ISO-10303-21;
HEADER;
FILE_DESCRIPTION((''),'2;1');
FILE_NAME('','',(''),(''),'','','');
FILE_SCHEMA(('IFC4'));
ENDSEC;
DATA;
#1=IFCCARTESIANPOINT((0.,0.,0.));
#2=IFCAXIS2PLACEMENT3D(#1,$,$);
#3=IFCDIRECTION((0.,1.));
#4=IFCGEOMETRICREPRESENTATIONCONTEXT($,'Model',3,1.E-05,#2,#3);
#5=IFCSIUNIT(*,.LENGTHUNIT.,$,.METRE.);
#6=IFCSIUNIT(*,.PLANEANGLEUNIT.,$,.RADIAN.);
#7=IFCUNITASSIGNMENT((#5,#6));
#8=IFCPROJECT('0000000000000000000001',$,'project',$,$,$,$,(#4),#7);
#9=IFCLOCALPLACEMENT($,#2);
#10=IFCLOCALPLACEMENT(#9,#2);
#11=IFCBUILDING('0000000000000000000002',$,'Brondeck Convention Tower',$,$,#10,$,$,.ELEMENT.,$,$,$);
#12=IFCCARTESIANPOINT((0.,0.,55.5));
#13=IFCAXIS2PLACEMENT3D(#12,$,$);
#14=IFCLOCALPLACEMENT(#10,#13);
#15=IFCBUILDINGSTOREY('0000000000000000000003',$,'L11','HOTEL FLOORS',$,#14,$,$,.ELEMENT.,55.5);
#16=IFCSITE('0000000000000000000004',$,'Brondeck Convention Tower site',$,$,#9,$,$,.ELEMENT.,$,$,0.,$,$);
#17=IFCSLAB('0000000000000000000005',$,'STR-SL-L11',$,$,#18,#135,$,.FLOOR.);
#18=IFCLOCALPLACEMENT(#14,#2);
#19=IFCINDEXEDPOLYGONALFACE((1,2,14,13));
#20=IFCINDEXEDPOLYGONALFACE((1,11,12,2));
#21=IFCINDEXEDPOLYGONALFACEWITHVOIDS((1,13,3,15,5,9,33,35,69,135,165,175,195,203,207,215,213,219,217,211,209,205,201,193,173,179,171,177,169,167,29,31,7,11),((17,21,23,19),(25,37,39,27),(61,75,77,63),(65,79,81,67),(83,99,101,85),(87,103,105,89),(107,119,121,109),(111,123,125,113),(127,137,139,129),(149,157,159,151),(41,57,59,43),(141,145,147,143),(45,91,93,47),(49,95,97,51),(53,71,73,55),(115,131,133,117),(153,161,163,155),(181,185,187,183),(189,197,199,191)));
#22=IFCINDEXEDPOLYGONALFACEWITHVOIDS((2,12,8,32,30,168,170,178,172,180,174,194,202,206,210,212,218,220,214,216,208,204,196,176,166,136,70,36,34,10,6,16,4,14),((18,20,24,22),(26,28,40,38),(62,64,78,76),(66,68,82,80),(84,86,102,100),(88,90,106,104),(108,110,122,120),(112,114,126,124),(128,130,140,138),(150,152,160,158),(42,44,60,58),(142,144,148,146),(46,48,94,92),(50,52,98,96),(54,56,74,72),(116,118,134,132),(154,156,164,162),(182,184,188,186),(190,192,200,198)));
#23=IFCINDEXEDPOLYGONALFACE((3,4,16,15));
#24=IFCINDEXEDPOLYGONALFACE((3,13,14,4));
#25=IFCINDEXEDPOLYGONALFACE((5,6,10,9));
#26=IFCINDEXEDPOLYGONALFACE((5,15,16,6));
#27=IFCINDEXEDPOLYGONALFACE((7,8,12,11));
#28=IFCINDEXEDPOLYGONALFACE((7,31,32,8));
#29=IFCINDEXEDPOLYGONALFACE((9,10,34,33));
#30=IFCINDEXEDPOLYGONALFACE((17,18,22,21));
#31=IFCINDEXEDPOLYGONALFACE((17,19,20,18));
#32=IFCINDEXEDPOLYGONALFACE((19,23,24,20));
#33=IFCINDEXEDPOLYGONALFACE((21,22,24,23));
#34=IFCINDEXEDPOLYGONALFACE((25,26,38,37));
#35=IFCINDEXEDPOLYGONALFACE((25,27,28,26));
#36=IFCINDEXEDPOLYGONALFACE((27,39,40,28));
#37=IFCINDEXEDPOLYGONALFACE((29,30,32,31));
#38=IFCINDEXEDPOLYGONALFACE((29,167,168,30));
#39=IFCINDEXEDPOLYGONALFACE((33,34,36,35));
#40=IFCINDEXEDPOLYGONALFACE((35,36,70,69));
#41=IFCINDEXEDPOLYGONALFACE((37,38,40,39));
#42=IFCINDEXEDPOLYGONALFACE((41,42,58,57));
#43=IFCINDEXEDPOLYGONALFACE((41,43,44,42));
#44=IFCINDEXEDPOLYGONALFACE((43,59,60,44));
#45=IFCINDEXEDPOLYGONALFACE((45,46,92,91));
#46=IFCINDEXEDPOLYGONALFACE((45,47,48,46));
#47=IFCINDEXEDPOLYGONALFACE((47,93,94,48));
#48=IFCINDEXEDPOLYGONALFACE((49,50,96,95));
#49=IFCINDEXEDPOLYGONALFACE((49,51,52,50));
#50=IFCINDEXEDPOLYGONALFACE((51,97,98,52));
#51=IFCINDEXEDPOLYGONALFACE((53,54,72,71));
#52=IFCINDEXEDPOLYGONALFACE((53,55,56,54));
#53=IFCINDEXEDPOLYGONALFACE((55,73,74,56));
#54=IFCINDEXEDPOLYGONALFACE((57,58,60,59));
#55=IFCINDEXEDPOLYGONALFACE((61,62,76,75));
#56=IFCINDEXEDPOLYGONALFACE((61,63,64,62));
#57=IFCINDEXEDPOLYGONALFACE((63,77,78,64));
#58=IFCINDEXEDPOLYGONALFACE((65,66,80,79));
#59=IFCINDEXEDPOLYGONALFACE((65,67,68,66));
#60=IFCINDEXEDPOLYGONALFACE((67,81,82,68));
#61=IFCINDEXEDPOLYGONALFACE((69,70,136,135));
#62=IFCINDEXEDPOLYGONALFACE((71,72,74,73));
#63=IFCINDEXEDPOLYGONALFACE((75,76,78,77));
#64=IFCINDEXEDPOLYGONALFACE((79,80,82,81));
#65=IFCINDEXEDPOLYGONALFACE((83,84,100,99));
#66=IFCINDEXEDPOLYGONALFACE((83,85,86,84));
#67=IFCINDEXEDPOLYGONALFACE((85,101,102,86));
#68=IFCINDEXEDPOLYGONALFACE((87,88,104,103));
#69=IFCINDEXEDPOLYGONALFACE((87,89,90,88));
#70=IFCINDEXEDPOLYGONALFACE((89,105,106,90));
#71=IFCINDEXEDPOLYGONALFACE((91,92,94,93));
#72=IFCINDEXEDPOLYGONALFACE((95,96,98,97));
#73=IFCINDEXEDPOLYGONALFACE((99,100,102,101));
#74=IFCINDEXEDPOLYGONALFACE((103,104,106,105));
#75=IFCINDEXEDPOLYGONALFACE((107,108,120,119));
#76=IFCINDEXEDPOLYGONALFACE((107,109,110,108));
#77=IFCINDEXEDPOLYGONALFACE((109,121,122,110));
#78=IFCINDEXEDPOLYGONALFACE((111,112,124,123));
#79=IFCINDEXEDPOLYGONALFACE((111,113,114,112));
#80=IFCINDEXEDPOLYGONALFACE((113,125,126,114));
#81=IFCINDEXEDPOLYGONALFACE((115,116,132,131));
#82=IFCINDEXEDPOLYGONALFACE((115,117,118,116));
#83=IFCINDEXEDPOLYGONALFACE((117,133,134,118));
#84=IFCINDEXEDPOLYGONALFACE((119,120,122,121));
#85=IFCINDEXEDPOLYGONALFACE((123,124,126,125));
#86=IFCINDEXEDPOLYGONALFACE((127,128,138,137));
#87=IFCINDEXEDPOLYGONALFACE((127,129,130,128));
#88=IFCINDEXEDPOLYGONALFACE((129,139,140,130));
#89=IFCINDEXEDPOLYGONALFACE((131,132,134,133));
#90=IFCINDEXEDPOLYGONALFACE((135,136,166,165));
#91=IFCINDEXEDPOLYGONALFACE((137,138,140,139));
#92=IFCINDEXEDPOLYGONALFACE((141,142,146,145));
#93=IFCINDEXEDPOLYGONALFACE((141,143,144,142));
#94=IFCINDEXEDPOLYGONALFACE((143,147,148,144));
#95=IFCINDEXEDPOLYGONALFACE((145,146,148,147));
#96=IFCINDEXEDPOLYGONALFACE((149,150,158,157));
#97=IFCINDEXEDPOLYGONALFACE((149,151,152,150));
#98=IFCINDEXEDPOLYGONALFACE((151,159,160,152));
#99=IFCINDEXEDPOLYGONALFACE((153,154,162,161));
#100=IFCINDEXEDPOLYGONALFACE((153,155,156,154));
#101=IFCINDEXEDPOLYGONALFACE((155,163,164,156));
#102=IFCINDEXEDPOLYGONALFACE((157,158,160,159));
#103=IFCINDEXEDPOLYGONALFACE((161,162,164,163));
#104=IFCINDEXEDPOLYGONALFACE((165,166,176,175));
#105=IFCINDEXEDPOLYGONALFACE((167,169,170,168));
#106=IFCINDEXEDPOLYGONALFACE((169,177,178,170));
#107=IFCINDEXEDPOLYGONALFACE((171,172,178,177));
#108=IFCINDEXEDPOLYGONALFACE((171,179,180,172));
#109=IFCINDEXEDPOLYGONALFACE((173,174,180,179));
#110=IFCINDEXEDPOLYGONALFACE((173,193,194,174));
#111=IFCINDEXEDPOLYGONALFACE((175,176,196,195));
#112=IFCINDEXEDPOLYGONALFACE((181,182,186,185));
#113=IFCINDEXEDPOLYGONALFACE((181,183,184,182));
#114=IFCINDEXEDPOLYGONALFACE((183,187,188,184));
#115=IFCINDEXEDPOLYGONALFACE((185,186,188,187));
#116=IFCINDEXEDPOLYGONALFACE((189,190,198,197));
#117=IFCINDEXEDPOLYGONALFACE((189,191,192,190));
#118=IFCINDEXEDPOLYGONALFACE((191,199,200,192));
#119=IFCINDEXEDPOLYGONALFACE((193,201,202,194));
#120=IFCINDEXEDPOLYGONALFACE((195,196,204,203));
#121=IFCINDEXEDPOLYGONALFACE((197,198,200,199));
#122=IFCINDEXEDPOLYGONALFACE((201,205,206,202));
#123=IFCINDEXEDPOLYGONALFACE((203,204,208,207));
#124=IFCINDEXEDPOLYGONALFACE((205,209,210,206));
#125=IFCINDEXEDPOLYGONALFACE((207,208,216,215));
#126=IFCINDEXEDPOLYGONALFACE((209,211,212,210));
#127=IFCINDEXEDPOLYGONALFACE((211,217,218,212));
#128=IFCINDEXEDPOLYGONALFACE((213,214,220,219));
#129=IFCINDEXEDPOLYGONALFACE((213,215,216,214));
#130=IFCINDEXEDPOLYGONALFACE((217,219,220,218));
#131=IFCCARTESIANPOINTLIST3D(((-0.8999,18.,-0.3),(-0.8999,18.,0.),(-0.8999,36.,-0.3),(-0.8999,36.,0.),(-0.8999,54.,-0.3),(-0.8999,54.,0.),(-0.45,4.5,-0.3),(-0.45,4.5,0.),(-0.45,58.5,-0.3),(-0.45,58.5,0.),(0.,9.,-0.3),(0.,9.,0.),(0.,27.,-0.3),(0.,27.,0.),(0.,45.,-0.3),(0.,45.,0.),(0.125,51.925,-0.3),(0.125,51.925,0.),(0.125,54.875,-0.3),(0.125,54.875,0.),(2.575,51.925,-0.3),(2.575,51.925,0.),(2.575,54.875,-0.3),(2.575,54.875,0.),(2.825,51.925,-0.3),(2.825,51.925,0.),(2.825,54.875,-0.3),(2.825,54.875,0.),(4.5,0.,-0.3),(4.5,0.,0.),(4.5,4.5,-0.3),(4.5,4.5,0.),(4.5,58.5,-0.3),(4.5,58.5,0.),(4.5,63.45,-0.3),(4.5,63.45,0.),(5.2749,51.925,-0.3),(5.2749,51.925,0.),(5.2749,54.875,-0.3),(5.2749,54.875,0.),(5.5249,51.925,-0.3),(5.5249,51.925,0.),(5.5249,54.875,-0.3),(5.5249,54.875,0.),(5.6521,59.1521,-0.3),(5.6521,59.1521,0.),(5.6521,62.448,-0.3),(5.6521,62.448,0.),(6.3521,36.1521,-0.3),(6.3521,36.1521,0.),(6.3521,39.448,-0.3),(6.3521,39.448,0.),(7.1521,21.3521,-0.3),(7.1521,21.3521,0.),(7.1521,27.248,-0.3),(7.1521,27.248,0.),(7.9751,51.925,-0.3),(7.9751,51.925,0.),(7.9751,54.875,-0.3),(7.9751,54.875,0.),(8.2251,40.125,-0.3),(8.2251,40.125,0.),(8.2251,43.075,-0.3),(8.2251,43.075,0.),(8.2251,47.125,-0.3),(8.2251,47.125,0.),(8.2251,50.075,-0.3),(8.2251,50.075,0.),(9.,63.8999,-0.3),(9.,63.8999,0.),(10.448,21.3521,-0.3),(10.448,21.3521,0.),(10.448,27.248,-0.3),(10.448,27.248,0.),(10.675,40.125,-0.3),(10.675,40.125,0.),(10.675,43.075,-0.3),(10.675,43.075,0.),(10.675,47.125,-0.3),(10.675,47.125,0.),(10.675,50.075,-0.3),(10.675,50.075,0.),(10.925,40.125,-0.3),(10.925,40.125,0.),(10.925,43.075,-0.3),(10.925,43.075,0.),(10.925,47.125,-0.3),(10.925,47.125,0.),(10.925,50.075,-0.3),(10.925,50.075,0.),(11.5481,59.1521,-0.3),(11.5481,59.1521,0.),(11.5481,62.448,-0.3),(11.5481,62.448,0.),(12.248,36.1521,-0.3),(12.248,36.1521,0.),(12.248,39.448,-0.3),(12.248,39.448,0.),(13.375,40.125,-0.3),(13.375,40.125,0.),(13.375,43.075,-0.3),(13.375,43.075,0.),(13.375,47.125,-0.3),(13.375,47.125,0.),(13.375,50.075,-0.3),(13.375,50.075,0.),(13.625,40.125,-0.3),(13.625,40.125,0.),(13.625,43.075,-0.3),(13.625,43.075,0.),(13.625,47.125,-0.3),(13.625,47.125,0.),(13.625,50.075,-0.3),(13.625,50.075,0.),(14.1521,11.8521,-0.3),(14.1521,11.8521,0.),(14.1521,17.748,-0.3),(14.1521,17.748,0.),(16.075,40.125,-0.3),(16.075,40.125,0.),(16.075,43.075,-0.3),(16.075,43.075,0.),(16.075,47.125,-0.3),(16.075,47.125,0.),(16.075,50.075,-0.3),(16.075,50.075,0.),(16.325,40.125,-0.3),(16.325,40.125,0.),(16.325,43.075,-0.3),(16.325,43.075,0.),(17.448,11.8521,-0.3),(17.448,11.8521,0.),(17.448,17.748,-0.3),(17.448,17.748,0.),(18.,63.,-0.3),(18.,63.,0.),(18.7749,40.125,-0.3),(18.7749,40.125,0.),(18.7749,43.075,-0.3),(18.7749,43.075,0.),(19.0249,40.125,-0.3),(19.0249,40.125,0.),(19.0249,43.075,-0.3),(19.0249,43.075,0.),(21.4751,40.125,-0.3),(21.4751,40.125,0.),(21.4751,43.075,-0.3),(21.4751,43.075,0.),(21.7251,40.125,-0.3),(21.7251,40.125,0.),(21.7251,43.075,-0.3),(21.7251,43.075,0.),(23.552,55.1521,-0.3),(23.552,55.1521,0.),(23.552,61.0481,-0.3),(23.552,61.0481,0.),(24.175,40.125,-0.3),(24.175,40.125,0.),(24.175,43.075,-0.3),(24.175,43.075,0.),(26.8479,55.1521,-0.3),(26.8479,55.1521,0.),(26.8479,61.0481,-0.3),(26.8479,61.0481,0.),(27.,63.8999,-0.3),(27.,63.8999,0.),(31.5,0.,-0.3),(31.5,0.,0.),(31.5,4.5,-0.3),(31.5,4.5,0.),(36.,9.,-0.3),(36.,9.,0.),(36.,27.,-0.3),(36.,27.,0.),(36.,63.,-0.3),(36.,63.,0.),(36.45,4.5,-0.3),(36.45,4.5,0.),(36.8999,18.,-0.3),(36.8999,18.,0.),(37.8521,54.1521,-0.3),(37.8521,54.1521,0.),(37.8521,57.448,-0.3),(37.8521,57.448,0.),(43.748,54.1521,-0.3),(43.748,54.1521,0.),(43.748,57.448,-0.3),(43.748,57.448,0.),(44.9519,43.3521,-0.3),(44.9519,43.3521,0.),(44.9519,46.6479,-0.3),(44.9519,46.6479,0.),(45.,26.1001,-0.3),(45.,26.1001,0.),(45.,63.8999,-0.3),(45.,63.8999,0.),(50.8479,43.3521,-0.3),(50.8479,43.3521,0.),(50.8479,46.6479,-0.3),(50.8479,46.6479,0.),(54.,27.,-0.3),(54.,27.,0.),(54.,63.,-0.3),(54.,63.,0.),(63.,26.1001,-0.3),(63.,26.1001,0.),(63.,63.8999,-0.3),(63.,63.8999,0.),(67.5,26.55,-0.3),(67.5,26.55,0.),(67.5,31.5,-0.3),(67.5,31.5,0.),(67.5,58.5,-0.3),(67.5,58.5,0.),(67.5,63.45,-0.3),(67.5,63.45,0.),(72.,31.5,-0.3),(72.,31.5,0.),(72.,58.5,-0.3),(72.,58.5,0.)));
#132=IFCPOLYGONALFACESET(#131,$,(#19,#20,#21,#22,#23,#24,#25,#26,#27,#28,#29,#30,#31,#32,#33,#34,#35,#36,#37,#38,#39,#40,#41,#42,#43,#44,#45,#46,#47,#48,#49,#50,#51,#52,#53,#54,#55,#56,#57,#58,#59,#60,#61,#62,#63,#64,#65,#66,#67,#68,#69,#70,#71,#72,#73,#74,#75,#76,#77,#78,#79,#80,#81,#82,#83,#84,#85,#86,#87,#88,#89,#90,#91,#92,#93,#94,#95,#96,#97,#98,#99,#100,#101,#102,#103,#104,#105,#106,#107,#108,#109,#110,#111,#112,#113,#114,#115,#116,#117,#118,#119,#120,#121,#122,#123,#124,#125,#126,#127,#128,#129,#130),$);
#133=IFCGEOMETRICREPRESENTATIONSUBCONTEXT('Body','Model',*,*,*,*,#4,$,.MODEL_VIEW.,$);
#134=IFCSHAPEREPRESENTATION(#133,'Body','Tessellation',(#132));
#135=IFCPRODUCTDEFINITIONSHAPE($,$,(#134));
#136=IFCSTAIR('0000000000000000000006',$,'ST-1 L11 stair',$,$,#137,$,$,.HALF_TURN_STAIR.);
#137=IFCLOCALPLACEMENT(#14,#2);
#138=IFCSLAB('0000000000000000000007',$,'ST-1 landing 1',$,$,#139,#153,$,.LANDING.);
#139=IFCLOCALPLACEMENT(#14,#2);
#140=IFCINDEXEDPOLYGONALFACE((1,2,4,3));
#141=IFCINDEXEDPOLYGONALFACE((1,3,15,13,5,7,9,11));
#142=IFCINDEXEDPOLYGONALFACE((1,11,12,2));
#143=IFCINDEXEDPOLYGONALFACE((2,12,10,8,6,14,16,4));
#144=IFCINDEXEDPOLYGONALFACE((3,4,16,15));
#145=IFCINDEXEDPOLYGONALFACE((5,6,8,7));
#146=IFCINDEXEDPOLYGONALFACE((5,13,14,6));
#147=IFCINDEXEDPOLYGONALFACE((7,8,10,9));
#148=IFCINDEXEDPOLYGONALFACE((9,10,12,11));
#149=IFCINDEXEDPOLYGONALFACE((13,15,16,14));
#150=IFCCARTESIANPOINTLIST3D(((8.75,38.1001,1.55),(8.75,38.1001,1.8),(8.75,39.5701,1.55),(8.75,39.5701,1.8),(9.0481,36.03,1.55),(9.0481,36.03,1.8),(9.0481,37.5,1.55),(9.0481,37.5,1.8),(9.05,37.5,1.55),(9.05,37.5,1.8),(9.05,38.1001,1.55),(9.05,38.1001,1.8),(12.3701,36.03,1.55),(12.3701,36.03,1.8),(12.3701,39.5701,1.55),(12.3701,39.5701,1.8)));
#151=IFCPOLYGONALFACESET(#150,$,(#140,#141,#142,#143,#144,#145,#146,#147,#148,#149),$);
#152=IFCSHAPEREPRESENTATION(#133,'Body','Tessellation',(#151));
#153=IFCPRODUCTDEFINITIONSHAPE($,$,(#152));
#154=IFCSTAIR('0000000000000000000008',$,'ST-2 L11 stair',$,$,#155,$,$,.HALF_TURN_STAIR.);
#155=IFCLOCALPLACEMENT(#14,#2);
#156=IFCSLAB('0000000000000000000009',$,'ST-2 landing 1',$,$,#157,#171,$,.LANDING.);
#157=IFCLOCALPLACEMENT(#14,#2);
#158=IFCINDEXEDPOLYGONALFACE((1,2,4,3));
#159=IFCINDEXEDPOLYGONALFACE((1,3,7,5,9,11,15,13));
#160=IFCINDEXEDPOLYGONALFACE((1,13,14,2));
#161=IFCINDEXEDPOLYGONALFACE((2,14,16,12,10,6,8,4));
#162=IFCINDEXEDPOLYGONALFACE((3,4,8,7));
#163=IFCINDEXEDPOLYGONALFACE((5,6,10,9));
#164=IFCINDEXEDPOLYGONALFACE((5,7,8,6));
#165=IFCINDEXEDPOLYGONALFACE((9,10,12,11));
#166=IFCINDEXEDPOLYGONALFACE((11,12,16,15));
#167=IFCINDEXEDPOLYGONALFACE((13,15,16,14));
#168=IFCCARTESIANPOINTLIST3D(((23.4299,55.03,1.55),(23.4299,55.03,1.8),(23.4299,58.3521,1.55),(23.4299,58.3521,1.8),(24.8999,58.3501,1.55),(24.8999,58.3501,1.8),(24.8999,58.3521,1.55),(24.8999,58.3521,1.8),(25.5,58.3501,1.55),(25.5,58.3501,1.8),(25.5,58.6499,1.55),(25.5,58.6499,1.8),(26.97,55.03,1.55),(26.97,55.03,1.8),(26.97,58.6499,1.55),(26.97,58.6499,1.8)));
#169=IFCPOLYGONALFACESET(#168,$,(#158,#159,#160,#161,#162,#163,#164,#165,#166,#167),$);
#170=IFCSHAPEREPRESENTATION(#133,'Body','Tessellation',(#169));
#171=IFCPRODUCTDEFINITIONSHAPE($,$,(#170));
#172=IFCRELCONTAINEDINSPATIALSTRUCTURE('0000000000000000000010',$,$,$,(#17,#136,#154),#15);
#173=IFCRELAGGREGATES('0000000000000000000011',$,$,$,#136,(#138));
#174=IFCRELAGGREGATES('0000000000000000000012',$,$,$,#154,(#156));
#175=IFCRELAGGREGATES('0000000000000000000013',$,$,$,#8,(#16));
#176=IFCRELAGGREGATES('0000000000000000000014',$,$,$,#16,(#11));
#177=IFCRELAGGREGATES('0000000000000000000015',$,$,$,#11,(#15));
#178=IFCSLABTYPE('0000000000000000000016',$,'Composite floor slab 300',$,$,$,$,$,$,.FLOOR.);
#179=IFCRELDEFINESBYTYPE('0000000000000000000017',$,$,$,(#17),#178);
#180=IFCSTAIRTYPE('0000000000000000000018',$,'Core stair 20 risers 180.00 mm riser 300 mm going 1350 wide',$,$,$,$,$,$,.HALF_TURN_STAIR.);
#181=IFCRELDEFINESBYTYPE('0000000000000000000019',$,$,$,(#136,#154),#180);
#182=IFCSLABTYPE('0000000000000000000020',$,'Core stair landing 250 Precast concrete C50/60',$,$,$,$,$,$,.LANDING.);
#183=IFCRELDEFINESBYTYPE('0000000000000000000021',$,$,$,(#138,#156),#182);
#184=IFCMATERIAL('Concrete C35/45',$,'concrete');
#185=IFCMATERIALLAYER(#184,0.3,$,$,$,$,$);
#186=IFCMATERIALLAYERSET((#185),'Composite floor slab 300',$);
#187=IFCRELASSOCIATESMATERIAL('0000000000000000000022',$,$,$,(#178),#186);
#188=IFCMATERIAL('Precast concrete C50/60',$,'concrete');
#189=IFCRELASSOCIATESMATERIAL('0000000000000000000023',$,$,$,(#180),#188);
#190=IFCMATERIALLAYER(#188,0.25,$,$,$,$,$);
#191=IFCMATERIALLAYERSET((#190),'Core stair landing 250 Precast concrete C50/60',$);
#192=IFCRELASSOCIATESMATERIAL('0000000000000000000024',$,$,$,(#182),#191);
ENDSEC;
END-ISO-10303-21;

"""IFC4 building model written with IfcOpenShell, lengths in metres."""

from ifc_helpers import new_model, si_unit, direction, frame, origin, place, context, subcontext, project, spatial, polyline, outline, extrude, material, layer, layer_set, type_object, element, aggregate, save


model = new_model("IFC4")

# Units and contexts
model_context = context("Model", 3, precision=1e-05, world=origin(), true_north=direction((0.0, 1.0)))
body_context = subcontext(model_context, "Body", "Model", "MODEL_VIEW")
ifc_project = project(units=[si_unit("LENGTHUNIT", "METRE"), si_unit("PLANEANGLEUNIT", "RADIAN")], contexts=[model_context])

# Site, building, storey
site_placement = place(None, origin())
site = spatial("IfcSite", under=ifc_project, at=site_placement, Name="Brondeck Convention Tower site", CompositionType="ELEMENT", RefElevation=0.0)
building_placement = place(site_placement, origin())
building = spatial("IfcBuilding", under=site, at=building_placement, Name="Brondeck Convention Tower", CompositionType="ELEMENT")
storey_placement = place(building_placement, frame((0.0, 0.0, 55.5)))
storey = spatial("IfcBuildingStorey", under=building, at=storey_placement, Name="L11", Description="HOTEL FLOORS", CompositionType="ELEMENT", Elevation=55.5)

# Slab
ifc_material_1 = material(Name="Concrete C35/45", Category="concrete")
ifc_layer_1 = layer(ifc_material_1, 0.3)
ifc_layer_set_1 = layer_set([ifc_layer_1], Name="Composite floor slab 300")
slab_type_1 = type_object("IfcSlabType", Name="Composite floor slab 300", PredefinedType="FLOOR", material=ifc_layer_set_1)
slab_1_placement = place(storey_placement, frame((0.0, 0.0, -0.3)))
element("IfcSlab", 1, at=slab_1_placement, inside=storey, type_object=slab_type_1, Name="STR-SL-L11", PredefinedType="FLOOR", context=body_context, shape_type="SweptSolid", body=[
    extrude(outline(polyline([(4.5, 4.5), (-0.45, 4.5), (0.0, 9.0), (-0.8999, 18.0), (0.0, 27.0), (-0.8999, 36.0), (0.0, 45.0), (-0.8999, 54.0), (-0.45, 58.5), (4.5, 58.5), (4.5, 63.45), (9.0, 63.8999), (18.0, 63.0), (27.0, 63.8999), (36.0, 63.0), (45.0, 63.8999), (54.0, 63.0), (63.0, 63.8999), (67.5, 63.45), (67.5, 58.5), (72.0, 58.5), (72.0, 31.5), (67.5, 31.5), (67.5, 26.55), (63.0, 26.1001), (54.0, 27.0), (45.0, 26.1001), (36.0, 27.0), (36.8999, 18.0), (36.0, 9.0), (36.45, 4.5), (31.5, 4.5), (31.5, 0.0), (4.5, 0.0), (4.5, 4.5)]), holes=[polyline([(10.448, 27.248), (7.1521, 27.248), (7.1521, 21.3521), (10.448, 21.3521), (10.448, 27.248)]), polyline([(12.248, 36.1521), (12.248, 39.448), (6.3521, 39.448), (6.3521, 36.1521), (12.248, 36.1521)]), polyline([(10.675, 40.125), (10.675, 43.075), (8.2251, 43.075), (8.2251, 40.125), (10.675, 40.125)]), polyline([(13.375, 40.125), (13.375, 43.075), (10.925, 43.075), (10.925, 40.125), (13.375, 40.125)]), polyline([(10.675, 47.125), (10.675, 50.075), (8.2251, 50.075), (8.2251, 47.125), (10.675, 47.125)]), polyline([(13.375, 47.125), (13.375, 50.075), (10.925, 50.075), (10.925, 47.125), (13.375, 47.125)]), polyline([(2.575, 51.925), (2.575, 54.875), (0.125, 54.875), (0.125, 51.925), (2.575, 51.925)]), polyline([(2.825, 51.925), (5.2749, 51.925), (5.2749, 54.875), (2.825, 54.875), (2.825, 51.925)]), polyline([(5.5249, 51.925), (7.9751, 51.925), (7.9751, 54.875), (5.5249, 54.875), (5.5249, 51.925)]), polyline([(5.6521, 62.448), (5.6521, 59.1521), (11.5481, 59.1521), (11.5481, 62.448), (5.6521, 62.448)]), polyline([(17.448, 17.748), (14.1521, 17.748), (14.1521, 11.8521), (17.448, 11.8521), (17.448, 17.748)]), polyline([(16.075, 40.125), (16.075, 43.075), (13.625, 43.075), (13.625, 40.125), (16.075, 40.125)]), polyline([(16.325, 40.125), (18.7749, 40.125), (18.7749, 43.075), (16.325, 43.075), (16.325, 40.125)]), polyline([(19.0249, 40.125), (21.4751, 40.125), (21.4751, 43.075), (19.0249, 43.075), (19.0249, 40.125)]), polyline([(24.175, 40.125), (24.175, 43.075), (21.7251, 43.075), (21.7251, 40.125), (24.175, 40.125)]), polyline([(50.8479, 43.3521), (50.8479, 46.6479), (44.9519, 46.6479), (44.9519, 43.3521), (50.8479, 43.3521)]), polyline([(16.075, 47.125), (16.075, 50.075), (13.625, 50.075), (13.625, 47.125), (16.075, 47.125)]), polyline([(37.8521, 54.1521), (43.748, 54.1521), (43.748, 57.448), (37.8521, 57.448), (37.8521, 54.1521)]), polyline([(23.552, 61.0481), (23.552, 55.1521), (26.8479, 55.1521), (26.8479, 61.0481), (23.552, 61.0481)])]), origin(), (0.0, 0.0, 1.0), 0.3),
])

# Stairs, slabs
ifc_material_2 = material(Name="Precast concrete C50/60", Category="concrete")
stair_type = type_object("IfcStairType", Name="Core stair 20 risers 180.00 mm riser 300 mm going 1350 wide", PredefinedType="HALF_TURN_STAIR", material=ifc_material_2)
stair_1_placement = place(storey_placement, origin())
stair_1 = element("IfcStair", 2, at=stair_1_placement, inside=storey, type_object=stair_type, Name="ST-1 L11 stair", PredefinedType="HALF_TURN_STAIR")
ifc_layer_2 = layer(ifc_material_2, 0.25)
ifc_layer_set_2 = layer_set([ifc_layer_2], Name="Core stair landing 250 Precast concrete C50/60")
slab_type_2 = type_object("IfcSlabType", Name="Core stair landing 250 Precast concrete C50/60", PredefinedType="LANDING", material=ifc_layer_set_2)
slab_2_placement = place(storey_placement, frame((0.0, 0.0, 1.55)))
slab_2 = element("IfcSlab", 3, at=slab_2_placement, type_object=slab_type_2, Name="ST-1 landing 1", PredefinedType="LANDING", context=body_context, shape_type="SweptSolid", body=[
    extrude(outline(polyline([(9.0481, 37.5), (9.05, 37.5), (9.05, 38.1001), (8.75, 38.1001), (8.75, 39.5701), (12.3701, 39.5701), (12.3701, 36.03), (9.0481, 36.03), (9.0481, 37.5)])), origin(), (0.0, 0.0, 1.0), 0.25),
])
aggregate(stair_1, [slab_2])
stair_2_placement = place(storey_placement, origin())
stair_2 = element("IfcStair", 4, at=stair_2_placement, inside=storey, type_object=stair_type, Name="ST-2 L11 stair", PredefinedType="HALF_TURN_STAIR")
slab_3_placement = place(storey_placement, frame((0.0, 0.0, 1.55)))
slab_3 = element("IfcSlab", 5, at=slab_3_placement, type_object=slab_type_2, Name="ST-2 landing 1", PredefinedType="LANDING", context=body_context, shape_type="SweptSolid", body=[
    extrude(outline(polyline([(23.4299, 58.3521), (24.8999, 58.3521), (24.8999, 58.3501), (25.5, 58.3501), (25.5, 58.6499), (26.97, 58.6499), (26.97, 55.03), (23.4299, 55.03), (23.4299, 58.3521)])), origin(), (0.0, 0.0, 1.0), 0.25),
])
aggregate(stair_2, [slab_3])

save(model, "model.ifc")
